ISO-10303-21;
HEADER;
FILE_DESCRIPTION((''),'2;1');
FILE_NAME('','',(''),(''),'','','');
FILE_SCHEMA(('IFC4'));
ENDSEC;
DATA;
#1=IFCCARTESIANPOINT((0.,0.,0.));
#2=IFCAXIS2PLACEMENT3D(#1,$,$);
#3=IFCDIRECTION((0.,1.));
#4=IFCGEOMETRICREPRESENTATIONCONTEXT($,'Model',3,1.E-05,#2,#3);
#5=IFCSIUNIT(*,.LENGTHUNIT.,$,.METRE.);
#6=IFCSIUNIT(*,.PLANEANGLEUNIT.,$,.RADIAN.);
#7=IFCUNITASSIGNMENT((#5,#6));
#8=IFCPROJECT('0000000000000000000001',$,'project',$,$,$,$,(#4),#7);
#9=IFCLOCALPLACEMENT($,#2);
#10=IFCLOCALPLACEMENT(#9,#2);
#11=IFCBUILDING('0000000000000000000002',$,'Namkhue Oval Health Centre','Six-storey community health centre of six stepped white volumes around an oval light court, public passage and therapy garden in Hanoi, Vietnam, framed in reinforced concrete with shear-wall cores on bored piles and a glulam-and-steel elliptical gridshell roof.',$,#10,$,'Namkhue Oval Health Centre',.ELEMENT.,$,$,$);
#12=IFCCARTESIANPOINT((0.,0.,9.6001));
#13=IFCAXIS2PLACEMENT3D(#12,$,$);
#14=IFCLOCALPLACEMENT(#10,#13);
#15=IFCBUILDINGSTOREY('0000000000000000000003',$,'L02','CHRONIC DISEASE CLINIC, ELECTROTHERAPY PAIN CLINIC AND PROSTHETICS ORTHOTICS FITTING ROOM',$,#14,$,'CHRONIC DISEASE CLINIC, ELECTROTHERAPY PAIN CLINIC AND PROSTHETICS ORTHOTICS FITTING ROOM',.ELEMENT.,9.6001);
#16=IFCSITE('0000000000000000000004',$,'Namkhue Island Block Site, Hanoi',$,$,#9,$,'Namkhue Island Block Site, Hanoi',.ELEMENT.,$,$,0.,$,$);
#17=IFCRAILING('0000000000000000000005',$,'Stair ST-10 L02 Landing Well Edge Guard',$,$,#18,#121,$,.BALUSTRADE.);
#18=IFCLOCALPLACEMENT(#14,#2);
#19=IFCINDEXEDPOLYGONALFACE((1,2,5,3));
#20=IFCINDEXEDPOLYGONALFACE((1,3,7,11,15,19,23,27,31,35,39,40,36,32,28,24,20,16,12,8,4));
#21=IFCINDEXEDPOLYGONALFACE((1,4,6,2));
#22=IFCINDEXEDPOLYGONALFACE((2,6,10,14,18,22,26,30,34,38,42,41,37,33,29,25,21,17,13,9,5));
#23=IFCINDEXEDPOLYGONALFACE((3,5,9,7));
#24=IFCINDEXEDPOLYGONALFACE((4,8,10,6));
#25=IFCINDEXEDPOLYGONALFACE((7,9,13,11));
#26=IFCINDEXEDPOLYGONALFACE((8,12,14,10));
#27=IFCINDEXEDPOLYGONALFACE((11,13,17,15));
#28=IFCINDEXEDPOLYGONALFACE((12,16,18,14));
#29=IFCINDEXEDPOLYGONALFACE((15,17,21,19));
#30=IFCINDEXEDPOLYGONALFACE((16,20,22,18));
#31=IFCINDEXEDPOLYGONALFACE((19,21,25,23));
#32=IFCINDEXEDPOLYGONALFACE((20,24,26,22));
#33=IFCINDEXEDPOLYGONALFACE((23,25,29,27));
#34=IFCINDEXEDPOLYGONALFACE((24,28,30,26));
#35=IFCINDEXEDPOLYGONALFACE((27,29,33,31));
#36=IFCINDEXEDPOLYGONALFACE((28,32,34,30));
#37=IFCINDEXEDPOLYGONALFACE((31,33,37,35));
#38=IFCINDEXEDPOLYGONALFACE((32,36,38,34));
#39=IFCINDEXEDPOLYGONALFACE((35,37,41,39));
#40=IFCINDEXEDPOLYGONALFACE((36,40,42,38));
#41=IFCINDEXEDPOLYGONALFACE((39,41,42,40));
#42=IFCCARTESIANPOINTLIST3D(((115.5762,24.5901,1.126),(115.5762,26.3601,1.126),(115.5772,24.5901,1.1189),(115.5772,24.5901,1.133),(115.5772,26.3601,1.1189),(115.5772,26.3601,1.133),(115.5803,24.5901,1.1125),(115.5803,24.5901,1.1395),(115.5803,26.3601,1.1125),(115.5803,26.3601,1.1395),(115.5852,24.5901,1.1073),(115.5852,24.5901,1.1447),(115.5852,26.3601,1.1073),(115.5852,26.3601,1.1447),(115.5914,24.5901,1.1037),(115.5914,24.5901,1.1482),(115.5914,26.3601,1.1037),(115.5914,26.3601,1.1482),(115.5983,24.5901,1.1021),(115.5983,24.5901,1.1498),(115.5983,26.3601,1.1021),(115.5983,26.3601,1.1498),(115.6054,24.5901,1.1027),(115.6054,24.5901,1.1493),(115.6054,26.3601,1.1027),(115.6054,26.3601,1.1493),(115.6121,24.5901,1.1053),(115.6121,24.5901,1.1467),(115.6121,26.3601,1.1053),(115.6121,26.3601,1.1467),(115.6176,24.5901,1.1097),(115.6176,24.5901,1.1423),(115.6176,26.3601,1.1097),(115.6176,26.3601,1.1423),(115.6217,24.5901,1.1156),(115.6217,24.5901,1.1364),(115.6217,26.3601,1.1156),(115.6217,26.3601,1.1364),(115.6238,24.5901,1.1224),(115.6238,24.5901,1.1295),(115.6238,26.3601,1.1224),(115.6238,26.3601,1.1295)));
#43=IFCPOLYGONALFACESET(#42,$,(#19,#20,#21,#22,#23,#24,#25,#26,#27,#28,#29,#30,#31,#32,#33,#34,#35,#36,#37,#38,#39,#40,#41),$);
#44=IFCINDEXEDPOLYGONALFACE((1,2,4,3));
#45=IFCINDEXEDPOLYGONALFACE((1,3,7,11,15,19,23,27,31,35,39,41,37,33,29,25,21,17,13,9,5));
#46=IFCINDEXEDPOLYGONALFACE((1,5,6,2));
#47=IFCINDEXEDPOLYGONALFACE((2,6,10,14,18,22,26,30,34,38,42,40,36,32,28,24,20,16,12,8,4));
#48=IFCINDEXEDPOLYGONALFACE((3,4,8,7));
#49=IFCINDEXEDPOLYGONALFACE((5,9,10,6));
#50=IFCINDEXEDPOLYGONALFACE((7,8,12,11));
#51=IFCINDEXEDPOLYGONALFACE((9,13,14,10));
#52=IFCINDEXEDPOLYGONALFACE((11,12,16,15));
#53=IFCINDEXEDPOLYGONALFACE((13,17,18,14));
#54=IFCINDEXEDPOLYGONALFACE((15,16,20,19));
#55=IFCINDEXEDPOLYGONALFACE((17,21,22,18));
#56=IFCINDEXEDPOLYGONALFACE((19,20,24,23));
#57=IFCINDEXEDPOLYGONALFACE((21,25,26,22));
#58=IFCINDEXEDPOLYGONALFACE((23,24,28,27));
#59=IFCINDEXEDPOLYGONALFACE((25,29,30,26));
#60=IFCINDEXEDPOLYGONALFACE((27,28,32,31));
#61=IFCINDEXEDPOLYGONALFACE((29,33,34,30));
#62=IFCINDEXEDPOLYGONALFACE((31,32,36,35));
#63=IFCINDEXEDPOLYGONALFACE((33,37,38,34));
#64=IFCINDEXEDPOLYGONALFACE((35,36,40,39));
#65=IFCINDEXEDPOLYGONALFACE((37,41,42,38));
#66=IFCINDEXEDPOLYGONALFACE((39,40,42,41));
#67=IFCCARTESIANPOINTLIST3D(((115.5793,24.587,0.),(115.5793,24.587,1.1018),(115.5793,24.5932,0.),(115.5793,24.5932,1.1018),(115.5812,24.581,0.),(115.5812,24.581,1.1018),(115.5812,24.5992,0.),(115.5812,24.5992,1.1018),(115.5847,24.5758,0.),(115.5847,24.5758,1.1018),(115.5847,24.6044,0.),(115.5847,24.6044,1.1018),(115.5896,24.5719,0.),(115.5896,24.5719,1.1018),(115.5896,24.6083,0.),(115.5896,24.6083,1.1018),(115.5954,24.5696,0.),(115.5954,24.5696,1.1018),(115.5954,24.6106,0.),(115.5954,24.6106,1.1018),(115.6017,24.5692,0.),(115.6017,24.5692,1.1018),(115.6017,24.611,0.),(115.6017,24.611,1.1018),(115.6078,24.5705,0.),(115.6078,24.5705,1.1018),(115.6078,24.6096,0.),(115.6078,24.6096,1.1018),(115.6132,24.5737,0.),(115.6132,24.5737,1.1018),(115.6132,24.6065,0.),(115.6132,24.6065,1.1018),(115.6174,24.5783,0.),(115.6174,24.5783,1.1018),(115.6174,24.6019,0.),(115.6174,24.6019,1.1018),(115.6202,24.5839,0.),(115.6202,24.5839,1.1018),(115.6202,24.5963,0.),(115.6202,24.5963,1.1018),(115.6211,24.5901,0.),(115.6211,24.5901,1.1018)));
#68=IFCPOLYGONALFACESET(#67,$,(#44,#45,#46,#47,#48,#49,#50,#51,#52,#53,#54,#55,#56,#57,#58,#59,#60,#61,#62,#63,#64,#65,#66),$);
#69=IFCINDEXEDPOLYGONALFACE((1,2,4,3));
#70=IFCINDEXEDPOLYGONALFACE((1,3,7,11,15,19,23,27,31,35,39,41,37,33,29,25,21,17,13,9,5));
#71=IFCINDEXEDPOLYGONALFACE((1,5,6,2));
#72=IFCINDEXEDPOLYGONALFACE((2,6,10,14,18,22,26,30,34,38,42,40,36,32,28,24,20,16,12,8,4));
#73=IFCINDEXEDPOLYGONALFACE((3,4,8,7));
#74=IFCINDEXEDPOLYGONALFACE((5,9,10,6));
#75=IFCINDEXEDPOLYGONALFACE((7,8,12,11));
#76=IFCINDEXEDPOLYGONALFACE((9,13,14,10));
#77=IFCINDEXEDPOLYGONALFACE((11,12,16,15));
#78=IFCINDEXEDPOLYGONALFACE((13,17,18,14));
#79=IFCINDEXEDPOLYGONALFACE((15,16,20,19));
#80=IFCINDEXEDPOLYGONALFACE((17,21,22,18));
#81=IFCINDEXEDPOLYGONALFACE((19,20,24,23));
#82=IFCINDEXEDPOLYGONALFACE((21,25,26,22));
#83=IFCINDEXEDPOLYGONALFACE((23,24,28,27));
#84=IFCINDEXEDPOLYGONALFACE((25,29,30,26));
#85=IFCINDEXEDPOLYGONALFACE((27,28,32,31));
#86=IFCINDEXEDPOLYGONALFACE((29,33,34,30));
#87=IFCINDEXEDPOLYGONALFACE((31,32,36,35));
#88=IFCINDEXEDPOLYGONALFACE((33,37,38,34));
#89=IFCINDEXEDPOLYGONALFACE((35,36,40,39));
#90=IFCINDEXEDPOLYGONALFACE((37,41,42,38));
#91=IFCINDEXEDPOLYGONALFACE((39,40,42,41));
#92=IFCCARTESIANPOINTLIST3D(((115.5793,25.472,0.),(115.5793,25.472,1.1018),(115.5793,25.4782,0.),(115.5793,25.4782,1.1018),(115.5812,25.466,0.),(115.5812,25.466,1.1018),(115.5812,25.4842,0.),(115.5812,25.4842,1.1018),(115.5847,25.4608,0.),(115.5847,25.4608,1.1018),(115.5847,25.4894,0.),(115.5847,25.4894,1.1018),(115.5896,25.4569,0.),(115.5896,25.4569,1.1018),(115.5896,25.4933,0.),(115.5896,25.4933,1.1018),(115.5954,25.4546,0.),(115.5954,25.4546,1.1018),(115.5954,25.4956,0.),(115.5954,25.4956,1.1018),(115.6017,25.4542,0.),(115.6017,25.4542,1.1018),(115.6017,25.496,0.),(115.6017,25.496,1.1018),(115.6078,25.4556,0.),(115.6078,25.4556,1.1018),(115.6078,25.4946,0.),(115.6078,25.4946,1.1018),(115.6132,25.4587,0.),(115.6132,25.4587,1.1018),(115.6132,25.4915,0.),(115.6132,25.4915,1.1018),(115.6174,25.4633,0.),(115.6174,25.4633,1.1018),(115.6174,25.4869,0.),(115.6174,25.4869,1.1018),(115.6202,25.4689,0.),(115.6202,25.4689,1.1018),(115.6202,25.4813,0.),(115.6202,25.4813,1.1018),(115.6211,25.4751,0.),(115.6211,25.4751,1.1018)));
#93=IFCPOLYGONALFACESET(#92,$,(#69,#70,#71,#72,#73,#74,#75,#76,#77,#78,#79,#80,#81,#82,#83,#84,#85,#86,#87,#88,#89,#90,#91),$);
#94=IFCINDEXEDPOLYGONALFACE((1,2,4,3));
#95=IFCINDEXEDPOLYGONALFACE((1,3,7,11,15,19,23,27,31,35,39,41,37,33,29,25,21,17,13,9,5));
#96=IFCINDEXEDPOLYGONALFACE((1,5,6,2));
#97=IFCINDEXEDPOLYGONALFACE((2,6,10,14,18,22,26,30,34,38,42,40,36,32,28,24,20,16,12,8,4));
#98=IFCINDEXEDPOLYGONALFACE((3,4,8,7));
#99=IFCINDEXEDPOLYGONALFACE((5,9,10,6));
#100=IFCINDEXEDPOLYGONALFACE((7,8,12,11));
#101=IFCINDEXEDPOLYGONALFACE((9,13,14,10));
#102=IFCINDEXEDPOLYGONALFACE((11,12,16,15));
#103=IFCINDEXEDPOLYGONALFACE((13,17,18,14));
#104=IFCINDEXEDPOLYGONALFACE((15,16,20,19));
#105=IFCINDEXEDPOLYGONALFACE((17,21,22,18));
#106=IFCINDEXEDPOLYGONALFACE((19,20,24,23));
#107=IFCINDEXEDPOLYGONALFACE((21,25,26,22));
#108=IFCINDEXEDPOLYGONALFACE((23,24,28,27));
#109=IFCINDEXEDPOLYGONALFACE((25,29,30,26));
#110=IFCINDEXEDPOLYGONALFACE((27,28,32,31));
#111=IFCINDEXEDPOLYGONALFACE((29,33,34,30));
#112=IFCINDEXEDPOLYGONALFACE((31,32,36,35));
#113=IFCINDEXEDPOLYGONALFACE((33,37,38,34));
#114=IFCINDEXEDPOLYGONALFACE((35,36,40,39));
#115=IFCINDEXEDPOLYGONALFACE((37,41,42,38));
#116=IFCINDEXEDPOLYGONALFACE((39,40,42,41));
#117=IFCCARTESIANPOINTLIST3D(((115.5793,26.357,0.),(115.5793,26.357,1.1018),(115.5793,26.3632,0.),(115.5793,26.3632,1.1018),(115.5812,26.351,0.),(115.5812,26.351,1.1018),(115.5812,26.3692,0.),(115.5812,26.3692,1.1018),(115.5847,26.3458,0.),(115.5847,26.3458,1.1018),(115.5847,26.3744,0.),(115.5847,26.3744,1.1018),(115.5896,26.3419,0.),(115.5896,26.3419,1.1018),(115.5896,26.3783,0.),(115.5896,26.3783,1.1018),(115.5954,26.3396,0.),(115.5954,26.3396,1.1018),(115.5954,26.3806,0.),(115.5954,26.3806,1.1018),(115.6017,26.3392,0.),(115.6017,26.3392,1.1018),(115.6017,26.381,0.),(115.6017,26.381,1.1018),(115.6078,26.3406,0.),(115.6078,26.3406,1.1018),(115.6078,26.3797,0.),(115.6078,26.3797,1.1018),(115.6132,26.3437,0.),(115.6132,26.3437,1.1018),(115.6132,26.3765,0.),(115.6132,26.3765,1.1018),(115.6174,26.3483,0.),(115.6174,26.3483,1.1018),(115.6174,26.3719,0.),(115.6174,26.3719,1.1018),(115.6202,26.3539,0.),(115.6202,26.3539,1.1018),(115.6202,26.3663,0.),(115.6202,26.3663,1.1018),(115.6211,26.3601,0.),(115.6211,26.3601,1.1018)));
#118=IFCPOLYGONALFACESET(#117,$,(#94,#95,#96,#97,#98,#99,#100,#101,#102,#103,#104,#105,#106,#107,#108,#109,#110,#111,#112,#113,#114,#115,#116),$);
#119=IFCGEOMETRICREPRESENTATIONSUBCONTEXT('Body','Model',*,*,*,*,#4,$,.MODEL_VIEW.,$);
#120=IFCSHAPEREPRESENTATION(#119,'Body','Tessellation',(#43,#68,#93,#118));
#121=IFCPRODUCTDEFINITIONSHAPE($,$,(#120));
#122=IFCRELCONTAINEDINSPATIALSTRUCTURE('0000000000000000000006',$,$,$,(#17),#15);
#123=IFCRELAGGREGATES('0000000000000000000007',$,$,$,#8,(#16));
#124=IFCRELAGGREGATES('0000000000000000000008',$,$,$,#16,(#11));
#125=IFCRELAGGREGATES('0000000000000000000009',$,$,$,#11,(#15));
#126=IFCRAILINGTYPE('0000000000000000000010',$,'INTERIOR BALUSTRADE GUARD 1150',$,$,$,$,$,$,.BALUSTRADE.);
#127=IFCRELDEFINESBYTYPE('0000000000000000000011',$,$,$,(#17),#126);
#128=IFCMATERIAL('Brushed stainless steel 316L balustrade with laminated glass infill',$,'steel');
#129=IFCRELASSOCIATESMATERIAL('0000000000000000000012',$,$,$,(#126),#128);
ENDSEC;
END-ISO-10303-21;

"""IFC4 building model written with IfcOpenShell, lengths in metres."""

from ifc_helpers import new_model, si_unit, direction, frame, origin, origin_2d, place, context, subcontext, project, spatial, circle, extrude, material, type_object, element, save


model = new_model("IFC4")

# Units and contexts
model_context = context("Model", 3, precision=1e-05, world=origin(), true_north=direction((0.0, 1.0)))
body_context = subcontext(model_context, "Body", "Model", "MODEL_VIEW")
ifc_project = project(units=[si_unit("LENGTHUNIT", "METRE"), si_unit("PLANEANGLEUNIT", "RADIAN")], contexts=[model_context])

# Site, building, storey
site_placement = place(None, origin())
site = spatial("IfcSite", under=ifc_project, at=site_placement, Name="Namkhue Island Block Site, Hanoi", LongName="Namkhue Island Block Site, Hanoi", CompositionType="ELEMENT", RefElevation=0.0)
building_placement = place(site_placement, origin())
building = spatial("IfcBuilding", under=site, at=building_placement, Name="Namkhue Oval Health Centre", Description="Six-storey community health centre of six stepped white volumes around an oval light court, public passage and therapy garden in Hanoi, Vietnam, framed in reinforced concrete with shear-wall cores on bored piles and a glulam-and-steel elliptical gridshell roof.", LongName="Namkhue Oval Health Centre", CompositionType="ELEMENT")
storey_placement = place(building_placement, frame((0.0, 0.0, 9.6001)))
storey = spatial("IfcBuildingStorey", under=building, at=storey_placement, Name="L02", Description="CHRONIC DISEASE CLINIC, ELECTROTHERAPY PAIN CLINIC AND PROSTHETICS ORTHOTICS FITTING ROOM", LongName="CHRONIC DISEASE CLINIC, ELECTROTHERAPY PAIN CLINIC AND PROSTHETICS ORTHOTICS FITTING ROOM", CompositionType="ELEMENT", Elevation=9.6001)

# Railing
ifc_material_1 = material(Name="Brushed stainless steel 316L balustrade with laminated glass infill", Category="steel")
railing_type_1 = type_object("IfcRailingType", Name="INTERIOR BALUSTRADE GUARD 1150", PredefinedType="BALUSTRADE", material=ifc_material_1)
railing_1_placement = place(storey_placement, frame((115.6001, 24.5901, 0.0)))
element("IfcRailing", 1, at=railing_1_placement, inside=storey, type_object=railing_type_1, Name="Stair ST-10 L02 Landing Well Edge Guard", PredefinedType="BALUSTRADE", context=body_context, shape_type="SweptSolid", body=[
    extrude(circle(Radius=0.0239, at=origin_2d()), frame((0.0, 0.0, 1.126), z_axis=(0.0, 1.0, 0.0), x_axis=(-1.0, 0.0, 0.0)), (0.0, 0.0, 1.0), 1.77),
    extrude(circle(Radius=0.021, at=origin_2d()), origin(), (0.0, 0.0, 1.0), 1.1018),
    extrude(circle(Radius=0.021, at=origin_2d()), frame((0.0, 0.885, 0.0)), (0.0, 0.0, 1.0), 1.1018),
    extrude(circle(Radius=0.021, at=origin_2d()), frame((0.0, 1.77, 0.0)), (0.0, 0.0, 1.0), 1.1018),
])

save(model, "model.ifc")
